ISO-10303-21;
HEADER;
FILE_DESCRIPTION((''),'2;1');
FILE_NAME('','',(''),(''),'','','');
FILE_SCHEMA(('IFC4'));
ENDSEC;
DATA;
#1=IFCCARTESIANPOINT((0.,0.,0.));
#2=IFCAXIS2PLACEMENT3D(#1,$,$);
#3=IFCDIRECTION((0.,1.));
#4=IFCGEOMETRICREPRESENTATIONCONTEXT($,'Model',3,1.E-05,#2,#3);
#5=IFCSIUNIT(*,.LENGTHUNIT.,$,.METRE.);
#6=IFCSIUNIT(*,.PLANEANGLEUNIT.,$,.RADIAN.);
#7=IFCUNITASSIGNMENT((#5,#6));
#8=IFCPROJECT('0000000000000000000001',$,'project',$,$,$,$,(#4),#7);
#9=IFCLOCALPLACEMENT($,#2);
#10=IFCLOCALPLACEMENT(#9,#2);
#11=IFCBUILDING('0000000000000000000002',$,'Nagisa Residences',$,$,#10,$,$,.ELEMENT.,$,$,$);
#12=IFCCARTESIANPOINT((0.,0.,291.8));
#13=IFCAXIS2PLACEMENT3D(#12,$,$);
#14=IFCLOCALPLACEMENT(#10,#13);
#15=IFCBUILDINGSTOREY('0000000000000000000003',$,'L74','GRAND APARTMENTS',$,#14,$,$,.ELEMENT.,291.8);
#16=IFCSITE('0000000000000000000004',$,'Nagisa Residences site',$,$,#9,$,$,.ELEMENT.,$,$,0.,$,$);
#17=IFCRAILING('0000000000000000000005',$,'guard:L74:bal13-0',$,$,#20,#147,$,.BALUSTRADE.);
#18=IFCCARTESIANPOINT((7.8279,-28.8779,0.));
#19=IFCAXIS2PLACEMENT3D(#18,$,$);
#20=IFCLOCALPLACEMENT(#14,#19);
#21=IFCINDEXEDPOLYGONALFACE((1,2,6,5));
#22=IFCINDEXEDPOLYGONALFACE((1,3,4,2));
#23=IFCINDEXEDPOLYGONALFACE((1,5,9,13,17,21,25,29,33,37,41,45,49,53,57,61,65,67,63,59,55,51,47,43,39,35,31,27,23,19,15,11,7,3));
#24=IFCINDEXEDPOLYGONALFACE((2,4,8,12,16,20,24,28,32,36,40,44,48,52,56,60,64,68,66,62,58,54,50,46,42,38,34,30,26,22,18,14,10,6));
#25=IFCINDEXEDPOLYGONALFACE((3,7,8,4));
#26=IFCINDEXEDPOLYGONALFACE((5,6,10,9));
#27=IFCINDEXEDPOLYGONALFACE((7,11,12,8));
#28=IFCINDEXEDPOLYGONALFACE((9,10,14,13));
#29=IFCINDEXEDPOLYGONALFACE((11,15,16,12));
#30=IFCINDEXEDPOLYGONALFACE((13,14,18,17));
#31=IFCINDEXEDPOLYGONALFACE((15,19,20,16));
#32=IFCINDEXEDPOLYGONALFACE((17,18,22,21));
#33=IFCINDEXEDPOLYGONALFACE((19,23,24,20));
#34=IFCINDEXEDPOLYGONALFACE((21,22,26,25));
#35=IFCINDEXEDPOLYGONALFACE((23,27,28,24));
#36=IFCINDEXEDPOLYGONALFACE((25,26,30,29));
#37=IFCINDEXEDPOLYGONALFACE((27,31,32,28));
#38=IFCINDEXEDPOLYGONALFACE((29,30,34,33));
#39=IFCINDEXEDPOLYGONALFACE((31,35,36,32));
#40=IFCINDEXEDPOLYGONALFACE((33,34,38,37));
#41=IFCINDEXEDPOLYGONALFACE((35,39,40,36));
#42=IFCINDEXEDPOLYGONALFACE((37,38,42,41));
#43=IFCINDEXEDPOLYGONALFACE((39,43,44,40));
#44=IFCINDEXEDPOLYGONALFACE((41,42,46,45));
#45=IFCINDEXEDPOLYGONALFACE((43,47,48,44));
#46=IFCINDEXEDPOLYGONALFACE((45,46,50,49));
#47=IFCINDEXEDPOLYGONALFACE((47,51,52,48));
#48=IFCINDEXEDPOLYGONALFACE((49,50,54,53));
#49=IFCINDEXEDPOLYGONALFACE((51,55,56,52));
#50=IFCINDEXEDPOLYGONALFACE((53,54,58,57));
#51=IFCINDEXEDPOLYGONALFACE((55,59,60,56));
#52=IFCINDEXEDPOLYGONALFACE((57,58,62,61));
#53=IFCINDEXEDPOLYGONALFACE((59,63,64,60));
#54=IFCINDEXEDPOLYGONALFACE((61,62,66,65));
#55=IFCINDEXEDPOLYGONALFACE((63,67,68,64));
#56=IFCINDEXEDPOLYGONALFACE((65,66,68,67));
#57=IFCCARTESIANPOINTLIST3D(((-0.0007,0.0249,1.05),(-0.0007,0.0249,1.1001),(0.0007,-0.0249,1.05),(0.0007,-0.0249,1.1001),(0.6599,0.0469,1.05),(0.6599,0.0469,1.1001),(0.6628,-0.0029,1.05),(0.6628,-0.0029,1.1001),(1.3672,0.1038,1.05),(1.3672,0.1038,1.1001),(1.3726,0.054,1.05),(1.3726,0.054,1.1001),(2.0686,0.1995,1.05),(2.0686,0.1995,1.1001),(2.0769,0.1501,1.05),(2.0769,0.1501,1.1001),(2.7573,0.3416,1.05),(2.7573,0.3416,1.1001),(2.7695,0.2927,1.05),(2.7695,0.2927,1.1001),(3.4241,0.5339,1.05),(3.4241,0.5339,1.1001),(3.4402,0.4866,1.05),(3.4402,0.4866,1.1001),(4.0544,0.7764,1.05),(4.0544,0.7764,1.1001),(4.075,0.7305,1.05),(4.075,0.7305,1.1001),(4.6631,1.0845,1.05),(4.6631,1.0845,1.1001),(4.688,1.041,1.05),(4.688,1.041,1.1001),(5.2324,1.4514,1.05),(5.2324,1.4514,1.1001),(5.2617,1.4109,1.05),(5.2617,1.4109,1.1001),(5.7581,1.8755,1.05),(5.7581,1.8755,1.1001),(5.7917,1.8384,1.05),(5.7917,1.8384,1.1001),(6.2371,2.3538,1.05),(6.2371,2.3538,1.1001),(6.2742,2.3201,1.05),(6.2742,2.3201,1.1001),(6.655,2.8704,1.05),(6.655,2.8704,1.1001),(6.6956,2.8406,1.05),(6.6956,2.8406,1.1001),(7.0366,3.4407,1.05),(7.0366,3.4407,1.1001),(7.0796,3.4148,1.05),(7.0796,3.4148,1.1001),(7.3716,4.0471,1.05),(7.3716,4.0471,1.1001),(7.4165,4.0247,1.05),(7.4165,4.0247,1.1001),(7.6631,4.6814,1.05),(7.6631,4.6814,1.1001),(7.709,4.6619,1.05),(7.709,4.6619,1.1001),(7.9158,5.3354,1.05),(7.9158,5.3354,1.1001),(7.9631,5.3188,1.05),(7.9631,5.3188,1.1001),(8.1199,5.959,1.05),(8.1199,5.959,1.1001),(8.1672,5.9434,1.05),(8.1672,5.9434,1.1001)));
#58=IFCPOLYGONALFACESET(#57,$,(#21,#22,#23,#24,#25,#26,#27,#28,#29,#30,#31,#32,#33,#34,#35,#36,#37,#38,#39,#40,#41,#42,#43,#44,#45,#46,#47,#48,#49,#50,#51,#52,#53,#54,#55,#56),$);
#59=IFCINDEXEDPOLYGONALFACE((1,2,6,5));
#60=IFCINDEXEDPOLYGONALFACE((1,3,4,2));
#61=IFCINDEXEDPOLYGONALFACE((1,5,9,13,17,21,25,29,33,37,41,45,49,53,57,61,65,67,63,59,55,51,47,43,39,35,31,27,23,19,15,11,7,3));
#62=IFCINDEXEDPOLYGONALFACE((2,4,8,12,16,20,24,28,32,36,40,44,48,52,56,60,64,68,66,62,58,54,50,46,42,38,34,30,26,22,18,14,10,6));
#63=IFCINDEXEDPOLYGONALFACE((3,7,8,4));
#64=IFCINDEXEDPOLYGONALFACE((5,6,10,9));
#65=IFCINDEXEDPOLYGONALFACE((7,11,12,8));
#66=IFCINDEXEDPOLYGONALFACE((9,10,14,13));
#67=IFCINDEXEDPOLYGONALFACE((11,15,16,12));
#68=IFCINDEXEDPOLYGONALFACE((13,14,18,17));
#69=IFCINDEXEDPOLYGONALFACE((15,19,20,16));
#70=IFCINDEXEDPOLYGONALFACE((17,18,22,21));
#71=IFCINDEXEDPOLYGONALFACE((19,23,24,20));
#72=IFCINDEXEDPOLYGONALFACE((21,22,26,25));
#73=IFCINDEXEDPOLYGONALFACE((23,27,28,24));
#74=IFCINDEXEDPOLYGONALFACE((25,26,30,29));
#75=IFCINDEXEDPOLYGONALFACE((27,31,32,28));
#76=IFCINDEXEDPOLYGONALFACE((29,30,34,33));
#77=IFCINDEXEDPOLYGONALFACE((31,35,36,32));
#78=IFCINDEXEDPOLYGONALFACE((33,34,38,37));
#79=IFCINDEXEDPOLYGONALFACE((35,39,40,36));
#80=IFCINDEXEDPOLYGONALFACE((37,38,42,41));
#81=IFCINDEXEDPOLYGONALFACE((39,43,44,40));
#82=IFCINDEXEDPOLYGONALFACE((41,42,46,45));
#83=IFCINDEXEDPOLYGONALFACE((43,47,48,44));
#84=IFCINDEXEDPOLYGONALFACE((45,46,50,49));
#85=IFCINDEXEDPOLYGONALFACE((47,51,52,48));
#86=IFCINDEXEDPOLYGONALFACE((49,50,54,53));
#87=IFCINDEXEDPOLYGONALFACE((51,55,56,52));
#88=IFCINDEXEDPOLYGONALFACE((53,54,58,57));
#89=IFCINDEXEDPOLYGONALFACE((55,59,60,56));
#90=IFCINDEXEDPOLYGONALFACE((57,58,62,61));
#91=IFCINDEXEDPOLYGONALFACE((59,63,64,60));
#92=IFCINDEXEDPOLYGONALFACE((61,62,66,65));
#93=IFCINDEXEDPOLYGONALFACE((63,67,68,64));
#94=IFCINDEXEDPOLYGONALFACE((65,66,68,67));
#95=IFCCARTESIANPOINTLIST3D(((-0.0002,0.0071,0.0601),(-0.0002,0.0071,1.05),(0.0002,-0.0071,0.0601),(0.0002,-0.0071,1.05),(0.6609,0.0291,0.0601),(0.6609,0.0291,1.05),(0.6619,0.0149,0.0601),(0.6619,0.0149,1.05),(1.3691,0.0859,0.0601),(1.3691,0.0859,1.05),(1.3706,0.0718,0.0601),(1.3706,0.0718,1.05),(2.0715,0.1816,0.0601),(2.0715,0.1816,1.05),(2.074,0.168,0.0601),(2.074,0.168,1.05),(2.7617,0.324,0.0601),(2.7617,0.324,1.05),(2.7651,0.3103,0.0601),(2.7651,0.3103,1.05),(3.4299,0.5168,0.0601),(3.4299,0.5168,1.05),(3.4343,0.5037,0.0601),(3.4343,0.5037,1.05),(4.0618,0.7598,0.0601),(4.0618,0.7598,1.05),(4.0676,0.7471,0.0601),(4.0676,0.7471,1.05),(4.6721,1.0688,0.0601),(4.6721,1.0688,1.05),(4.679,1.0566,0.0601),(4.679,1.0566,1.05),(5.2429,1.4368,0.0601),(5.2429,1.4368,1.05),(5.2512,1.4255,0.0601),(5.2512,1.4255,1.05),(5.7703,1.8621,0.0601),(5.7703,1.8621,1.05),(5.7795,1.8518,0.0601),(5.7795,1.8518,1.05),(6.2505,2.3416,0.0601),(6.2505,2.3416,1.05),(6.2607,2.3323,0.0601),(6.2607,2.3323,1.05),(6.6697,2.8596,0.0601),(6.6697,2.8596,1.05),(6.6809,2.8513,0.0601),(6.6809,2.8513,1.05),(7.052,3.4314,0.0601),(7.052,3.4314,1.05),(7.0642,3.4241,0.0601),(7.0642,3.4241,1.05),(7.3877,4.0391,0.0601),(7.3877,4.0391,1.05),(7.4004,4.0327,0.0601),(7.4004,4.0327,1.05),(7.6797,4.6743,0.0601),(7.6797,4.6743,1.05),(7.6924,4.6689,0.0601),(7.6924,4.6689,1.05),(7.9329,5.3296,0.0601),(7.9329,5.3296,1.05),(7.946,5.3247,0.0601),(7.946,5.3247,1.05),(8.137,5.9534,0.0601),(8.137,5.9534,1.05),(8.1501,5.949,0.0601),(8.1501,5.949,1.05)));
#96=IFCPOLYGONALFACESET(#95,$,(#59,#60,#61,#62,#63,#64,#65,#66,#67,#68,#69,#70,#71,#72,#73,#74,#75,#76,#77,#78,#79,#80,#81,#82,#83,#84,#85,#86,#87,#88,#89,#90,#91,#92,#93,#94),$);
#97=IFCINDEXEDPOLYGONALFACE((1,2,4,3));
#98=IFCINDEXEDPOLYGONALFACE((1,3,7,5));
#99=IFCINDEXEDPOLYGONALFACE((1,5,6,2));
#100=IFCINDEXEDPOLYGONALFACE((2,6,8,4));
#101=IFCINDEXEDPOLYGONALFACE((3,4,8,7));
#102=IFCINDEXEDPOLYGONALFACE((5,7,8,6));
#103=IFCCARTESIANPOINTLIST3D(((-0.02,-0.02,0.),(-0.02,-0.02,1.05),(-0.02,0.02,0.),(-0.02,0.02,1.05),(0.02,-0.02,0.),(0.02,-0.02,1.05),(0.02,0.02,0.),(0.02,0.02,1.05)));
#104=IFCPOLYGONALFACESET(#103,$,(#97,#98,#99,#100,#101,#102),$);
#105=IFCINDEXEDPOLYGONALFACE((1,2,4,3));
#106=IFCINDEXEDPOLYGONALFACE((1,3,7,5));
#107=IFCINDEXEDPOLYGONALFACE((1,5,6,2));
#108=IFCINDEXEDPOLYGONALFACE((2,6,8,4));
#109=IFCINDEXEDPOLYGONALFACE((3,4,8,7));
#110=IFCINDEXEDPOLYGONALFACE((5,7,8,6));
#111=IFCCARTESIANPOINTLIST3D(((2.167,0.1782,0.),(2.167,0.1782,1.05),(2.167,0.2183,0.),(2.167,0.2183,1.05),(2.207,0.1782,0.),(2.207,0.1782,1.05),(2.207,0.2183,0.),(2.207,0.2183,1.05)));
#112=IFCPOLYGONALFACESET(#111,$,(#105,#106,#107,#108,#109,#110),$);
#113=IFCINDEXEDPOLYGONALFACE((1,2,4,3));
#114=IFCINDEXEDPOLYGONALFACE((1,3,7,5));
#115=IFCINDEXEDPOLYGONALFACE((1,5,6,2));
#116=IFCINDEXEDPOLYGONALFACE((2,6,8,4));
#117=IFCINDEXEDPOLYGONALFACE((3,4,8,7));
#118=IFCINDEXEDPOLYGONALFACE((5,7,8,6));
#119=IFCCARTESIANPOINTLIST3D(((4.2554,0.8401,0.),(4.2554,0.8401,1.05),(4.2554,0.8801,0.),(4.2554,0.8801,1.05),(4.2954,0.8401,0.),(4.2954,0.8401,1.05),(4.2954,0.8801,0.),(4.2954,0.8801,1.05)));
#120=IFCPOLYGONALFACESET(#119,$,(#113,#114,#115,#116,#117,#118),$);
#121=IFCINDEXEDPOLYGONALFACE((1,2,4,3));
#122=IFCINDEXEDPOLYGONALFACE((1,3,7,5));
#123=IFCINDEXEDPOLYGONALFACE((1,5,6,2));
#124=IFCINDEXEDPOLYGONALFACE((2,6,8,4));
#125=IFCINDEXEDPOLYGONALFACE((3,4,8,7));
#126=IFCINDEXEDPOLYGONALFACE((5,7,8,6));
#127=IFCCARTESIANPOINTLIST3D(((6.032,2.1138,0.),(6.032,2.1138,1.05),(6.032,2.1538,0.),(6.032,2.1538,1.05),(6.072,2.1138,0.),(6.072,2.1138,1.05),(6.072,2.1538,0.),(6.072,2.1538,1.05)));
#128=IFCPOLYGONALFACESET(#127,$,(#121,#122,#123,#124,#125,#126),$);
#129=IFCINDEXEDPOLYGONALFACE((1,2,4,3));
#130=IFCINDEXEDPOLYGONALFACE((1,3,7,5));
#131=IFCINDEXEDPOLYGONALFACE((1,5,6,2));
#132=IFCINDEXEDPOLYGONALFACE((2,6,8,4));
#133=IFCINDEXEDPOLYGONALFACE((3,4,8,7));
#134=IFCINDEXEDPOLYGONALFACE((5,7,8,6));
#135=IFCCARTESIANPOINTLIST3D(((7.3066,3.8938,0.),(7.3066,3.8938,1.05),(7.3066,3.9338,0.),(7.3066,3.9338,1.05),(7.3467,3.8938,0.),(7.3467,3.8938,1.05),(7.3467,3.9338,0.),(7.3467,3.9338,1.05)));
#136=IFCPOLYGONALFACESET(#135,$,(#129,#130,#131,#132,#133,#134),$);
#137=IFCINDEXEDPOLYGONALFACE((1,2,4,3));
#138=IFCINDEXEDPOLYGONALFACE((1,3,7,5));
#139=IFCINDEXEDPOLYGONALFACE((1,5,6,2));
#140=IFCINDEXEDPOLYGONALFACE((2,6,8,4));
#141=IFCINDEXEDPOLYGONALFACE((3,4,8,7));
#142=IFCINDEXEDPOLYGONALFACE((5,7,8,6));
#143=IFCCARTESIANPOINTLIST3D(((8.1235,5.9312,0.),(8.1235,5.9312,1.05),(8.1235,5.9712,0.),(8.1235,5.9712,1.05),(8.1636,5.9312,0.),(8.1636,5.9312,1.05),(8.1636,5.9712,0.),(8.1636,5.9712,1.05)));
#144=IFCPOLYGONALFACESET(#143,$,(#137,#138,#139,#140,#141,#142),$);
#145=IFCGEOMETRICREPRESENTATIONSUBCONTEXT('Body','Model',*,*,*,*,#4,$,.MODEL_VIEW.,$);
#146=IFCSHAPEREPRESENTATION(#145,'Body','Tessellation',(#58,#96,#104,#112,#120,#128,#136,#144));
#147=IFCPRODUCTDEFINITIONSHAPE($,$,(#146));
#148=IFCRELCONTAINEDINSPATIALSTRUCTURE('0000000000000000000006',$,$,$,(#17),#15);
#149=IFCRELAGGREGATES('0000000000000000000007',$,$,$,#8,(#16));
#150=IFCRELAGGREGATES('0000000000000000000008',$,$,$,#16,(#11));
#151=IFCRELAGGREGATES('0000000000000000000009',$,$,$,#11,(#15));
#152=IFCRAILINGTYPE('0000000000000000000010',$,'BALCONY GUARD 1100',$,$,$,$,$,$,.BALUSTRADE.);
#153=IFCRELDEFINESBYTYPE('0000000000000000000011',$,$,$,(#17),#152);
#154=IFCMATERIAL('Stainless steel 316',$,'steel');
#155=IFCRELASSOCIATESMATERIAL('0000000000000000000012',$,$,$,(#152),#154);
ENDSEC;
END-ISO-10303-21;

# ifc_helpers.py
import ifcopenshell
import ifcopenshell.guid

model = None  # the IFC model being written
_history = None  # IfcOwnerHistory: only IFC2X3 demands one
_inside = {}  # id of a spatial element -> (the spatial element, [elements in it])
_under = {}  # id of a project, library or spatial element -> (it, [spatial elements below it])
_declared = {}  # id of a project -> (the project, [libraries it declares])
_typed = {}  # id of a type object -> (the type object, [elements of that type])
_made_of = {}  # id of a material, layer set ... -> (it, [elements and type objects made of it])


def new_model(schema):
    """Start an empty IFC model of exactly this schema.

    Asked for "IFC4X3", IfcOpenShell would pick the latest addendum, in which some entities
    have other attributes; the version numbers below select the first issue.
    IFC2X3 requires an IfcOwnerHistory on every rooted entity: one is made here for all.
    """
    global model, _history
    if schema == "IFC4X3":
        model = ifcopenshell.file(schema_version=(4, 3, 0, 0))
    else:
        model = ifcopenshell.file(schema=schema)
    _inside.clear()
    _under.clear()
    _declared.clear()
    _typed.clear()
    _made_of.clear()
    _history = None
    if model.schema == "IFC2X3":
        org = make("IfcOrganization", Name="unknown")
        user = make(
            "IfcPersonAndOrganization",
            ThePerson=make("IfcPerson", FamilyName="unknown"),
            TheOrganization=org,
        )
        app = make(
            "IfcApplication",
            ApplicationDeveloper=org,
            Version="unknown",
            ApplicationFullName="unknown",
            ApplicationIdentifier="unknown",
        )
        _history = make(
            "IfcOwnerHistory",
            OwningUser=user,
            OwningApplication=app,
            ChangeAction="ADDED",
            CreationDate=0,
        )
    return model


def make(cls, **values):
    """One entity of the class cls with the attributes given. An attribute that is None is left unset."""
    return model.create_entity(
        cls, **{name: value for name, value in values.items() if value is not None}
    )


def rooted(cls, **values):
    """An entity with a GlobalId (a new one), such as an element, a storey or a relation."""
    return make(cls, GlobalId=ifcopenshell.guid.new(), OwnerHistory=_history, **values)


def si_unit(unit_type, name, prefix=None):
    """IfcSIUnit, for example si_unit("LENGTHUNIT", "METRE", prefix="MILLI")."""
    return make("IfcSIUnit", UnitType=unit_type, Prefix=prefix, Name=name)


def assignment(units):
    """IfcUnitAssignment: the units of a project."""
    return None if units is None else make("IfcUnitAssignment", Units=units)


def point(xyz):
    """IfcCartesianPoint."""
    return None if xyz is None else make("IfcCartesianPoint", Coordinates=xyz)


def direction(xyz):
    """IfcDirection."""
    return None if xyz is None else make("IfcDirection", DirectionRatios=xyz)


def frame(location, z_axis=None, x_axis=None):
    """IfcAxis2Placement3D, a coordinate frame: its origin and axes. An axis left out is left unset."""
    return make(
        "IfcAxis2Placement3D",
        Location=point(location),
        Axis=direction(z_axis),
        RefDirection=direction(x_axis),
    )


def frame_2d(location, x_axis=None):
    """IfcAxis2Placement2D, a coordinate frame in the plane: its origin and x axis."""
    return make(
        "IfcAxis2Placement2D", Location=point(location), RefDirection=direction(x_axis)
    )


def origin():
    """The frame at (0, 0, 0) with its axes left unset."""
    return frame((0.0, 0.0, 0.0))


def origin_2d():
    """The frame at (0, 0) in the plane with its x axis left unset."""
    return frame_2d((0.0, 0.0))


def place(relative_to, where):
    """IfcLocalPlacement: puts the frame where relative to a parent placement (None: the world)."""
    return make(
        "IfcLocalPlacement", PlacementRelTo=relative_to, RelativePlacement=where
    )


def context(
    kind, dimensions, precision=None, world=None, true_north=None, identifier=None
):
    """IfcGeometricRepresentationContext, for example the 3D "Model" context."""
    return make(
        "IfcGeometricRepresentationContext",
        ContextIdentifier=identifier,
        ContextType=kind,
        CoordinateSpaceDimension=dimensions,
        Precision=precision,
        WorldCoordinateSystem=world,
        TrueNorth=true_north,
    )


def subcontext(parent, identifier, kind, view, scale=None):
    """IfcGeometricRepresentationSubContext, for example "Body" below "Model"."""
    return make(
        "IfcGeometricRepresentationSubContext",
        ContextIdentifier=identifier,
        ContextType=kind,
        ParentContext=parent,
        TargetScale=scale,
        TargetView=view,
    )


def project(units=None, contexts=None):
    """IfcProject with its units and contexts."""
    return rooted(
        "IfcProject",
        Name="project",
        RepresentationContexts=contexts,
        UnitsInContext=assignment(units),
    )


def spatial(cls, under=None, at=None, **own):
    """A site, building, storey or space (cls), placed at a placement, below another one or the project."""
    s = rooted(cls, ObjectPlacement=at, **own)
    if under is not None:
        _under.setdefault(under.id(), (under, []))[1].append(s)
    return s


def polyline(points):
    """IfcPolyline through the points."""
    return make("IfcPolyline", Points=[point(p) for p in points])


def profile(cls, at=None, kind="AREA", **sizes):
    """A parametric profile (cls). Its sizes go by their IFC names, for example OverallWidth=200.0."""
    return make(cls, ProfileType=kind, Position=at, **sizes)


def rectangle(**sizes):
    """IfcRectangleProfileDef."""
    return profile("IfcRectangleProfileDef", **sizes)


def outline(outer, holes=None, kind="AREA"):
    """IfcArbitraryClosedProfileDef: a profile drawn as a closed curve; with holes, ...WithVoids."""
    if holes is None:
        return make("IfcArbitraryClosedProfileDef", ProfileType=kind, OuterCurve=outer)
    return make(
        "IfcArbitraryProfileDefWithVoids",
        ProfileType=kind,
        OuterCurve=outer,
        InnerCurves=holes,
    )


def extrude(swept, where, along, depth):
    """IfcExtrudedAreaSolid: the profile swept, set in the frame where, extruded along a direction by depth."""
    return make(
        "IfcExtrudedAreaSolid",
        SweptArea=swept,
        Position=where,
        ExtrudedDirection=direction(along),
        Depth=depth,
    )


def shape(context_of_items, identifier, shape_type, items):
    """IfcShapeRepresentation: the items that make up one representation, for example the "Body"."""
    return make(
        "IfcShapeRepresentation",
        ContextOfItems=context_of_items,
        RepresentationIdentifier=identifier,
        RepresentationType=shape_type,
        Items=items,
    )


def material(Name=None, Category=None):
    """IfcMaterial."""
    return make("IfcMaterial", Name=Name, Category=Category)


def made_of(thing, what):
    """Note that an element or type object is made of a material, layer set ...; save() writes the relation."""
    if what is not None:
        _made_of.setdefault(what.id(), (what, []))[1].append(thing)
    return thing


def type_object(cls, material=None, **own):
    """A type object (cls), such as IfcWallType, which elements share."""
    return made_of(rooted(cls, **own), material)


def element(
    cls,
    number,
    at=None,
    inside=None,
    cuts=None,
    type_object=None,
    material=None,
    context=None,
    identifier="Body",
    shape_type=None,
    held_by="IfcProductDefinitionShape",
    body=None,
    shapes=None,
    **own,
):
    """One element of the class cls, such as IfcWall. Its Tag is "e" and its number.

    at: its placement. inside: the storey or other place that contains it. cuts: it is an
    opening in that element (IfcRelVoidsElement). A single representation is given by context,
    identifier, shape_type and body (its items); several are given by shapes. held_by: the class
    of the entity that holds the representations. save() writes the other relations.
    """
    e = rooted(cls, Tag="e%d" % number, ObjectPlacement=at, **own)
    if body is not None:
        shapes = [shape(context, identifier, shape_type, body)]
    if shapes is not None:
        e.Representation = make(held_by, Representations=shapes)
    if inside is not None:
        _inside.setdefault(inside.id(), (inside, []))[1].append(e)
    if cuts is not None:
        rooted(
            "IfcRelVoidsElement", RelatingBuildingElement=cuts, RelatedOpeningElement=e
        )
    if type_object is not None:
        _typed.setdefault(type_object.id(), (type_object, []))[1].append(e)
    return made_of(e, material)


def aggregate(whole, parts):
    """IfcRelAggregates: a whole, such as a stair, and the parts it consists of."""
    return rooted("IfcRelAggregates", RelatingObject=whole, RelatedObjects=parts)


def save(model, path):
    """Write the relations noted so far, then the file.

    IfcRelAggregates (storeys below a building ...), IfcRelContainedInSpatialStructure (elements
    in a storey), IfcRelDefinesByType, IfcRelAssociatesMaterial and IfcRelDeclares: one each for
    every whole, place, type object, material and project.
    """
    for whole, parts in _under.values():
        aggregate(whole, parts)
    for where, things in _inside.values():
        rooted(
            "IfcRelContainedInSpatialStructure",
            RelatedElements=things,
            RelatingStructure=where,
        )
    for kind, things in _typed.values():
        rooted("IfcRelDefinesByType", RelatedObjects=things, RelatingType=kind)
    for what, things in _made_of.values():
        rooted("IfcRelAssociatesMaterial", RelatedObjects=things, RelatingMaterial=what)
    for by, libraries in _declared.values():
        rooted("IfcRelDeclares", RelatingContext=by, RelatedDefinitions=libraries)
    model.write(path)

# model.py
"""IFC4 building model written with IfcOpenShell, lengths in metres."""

from ifc_helpers import new_model, si_unit, direction, frame, origin, origin_2d, place, context, subcontext, project, spatial, polyline, rectangle, outline, extrude, material, type_object, element, save


model = new_model("IFC4")

# Units and contexts
model_context = context("Model", 3, precision=1e-05, world=origin(), true_north=direction((0.0, 1.0)))
body_context = subcontext(model_context, "Body", "Model", "MODEL_VIEW")
ifc_project = project(units=[si_unit("LENGTHUNIT", "METRE"), si_unit("PLANEANGLEUNIT", "RADIAN")], contexts=[model_context])

# Site, building, storey
site_placement = place(None, origin())
site = spatial("IfcSite", under=ifc_project, at=site_placement, Name="Nagisa Residences site", CompositionType="ELEMENT", RefElevation=0.0)
building_placement = place(site_placement, origin())
building = spatial("IfcBuilding", under=site, at=building_placement, Name="Nagisa Residences", CompositionType="ELEMENT")
storey_placement = place(building_placement, frame((0.0, 0.0, 291.8)))
storey = spatial("IfcBuildingStorey", under=building, at=storey_placement, Name="L74", Description="GRAND APARTMENTS", CompositionType="ELEMENT", Elevation=291.8)

# Railing
ifc_material_1 = material(Name="Stainless steel 316", Category="steel")
railing_type = type_object("IfcRailingType", Name="BALCONY GUARD 1100", PredefinedType="BALUSTRADE", material=ifc_material_1)
railing_placement = place(storey_placement, frame((7.8279, -28.8779, 0.0)))
element("IfcRailing", 1, at=railing_placement, inside=storey, type_object=railing_type, Name="guard:L74:bal13-0", PredefinedType="BALUSTRADE", context=body_context, shape_type="SweptSolid", body=[
    extrude(outline(polyline([(0.6599, 0.0469), (-0.0007, 0.0249), (0.0007, -0.0249), (0.6628, -0.0029), (1.3726, 0.054), (2.0769, 0.1501), (2.7695, 0.2927), (3.4402, 0.4866), (4.075, 0.7305), (4.688, 1.041), (5.2617, 1.4109), (5.7917, 1.8384), (6.2742, 2.3201), (6.6956, 2.8406), (7.0796, 3.4148), (7.4165, 4.0247), (7.709, 4.6619), (7.9631, 5.3188), (8.1672, 5.9434), (8.1199, 5.959), (7.9158, 5.3354), (7.6631, 4.6814), (7.3716, 4.0471), (7.0366, 3.4407), (6.655, 2.8704), (6.2371, 2.3538), (5.7581, 1.8755), (5.2324, 1.4514), (4.6631, 1.0845), (4.0544, 0.7764), (3.4241, 0.5339), (2.7573, 0.3416), (2.0686, 0.1995), (1.3672, 0.1038), (0.6599, 0.0469)])), frame((0.0, 0.0, 1.05)), (0.0, 0.0, 1.0), 0.05),
    extrude(outline(polyline([(0.6609, 0.0291), (-0.0002, 0.0071), (0.0002, -0.0071), (0.6619, 0.0149), (1.3706, 0.0718), (2.074, 0.168), (2.7651, 0.3103), (3.4343, 0.5037), (4.0676, 0.7471), (4.679, 1.0566), (5.2512, 1.4255), (5.7795, 1.8518), (6.2607, 2.3323), (6.6809, 2.8513), (7.0642, 3.4241), (7.4004, 4.0327), (7.6924, 4.6689), (7.946, 5.3247), (8.1501, 5.949), (8.137, 5.9534), (7.9329, 5.3296), (7.6797, 4.6743), (7.3877, 4.0391), (7.052, 3.4314), (6.6697, 2.8596), (6.2505, 2.3416), (5.7703, 1.8621), (5.2429, 1.4368), (4.6721, 1.0688), (4.0618, 0.7598), (3.4299, 0.5168), (2.7617, 0.324), (2.0715, 0.1816), (1.3691, 0.0859), (0.6609, 0.0291)])), frame((0.0, 0.0, 0.0601)), (0.0, 0.0, 1.0), 0.99),
    extrude(rectangle(XDim=0.04, YDim=0.04, at=origin_2d()), origin(), (0.0, 0.0, 1.0), 1.05),
    extrude(rectangle(XDim=0.04, YDim=0.04, at=origin_2d()), frame((2.187, 0.1982, 0.0)), (0.0, 0.0, 1.0), 1.05),
    extrude(rectangle(XDim=0.04, YDim=0.04, at=origin_2d()), frame((4.2754, 0.8601, 0.0)), (0.0, 0.0, 1.0), 1.05),
    extrude(rectangle(XDim=0.04, YDim=0.04, at=origin_2d()), frame((6.052, 2.1338, 0.0)), (0.0, 0.0, 1.0), 1.05),
    extrude(rectangle(XDim=0.04, YDim=0.04, at=origin_2d()), frame((7.3267, 3.9138, 0.0)), (0.0, 0.0, 1.0), 1.05),
    extrude(rectangle(XDim=0.04, YDim=0.04, at=origin_2d()), frame((8.1436, 5.9512, 0.0)), (0.0, 0.0, 1.0), 1.05),
])

save(model, "model.ifc")
